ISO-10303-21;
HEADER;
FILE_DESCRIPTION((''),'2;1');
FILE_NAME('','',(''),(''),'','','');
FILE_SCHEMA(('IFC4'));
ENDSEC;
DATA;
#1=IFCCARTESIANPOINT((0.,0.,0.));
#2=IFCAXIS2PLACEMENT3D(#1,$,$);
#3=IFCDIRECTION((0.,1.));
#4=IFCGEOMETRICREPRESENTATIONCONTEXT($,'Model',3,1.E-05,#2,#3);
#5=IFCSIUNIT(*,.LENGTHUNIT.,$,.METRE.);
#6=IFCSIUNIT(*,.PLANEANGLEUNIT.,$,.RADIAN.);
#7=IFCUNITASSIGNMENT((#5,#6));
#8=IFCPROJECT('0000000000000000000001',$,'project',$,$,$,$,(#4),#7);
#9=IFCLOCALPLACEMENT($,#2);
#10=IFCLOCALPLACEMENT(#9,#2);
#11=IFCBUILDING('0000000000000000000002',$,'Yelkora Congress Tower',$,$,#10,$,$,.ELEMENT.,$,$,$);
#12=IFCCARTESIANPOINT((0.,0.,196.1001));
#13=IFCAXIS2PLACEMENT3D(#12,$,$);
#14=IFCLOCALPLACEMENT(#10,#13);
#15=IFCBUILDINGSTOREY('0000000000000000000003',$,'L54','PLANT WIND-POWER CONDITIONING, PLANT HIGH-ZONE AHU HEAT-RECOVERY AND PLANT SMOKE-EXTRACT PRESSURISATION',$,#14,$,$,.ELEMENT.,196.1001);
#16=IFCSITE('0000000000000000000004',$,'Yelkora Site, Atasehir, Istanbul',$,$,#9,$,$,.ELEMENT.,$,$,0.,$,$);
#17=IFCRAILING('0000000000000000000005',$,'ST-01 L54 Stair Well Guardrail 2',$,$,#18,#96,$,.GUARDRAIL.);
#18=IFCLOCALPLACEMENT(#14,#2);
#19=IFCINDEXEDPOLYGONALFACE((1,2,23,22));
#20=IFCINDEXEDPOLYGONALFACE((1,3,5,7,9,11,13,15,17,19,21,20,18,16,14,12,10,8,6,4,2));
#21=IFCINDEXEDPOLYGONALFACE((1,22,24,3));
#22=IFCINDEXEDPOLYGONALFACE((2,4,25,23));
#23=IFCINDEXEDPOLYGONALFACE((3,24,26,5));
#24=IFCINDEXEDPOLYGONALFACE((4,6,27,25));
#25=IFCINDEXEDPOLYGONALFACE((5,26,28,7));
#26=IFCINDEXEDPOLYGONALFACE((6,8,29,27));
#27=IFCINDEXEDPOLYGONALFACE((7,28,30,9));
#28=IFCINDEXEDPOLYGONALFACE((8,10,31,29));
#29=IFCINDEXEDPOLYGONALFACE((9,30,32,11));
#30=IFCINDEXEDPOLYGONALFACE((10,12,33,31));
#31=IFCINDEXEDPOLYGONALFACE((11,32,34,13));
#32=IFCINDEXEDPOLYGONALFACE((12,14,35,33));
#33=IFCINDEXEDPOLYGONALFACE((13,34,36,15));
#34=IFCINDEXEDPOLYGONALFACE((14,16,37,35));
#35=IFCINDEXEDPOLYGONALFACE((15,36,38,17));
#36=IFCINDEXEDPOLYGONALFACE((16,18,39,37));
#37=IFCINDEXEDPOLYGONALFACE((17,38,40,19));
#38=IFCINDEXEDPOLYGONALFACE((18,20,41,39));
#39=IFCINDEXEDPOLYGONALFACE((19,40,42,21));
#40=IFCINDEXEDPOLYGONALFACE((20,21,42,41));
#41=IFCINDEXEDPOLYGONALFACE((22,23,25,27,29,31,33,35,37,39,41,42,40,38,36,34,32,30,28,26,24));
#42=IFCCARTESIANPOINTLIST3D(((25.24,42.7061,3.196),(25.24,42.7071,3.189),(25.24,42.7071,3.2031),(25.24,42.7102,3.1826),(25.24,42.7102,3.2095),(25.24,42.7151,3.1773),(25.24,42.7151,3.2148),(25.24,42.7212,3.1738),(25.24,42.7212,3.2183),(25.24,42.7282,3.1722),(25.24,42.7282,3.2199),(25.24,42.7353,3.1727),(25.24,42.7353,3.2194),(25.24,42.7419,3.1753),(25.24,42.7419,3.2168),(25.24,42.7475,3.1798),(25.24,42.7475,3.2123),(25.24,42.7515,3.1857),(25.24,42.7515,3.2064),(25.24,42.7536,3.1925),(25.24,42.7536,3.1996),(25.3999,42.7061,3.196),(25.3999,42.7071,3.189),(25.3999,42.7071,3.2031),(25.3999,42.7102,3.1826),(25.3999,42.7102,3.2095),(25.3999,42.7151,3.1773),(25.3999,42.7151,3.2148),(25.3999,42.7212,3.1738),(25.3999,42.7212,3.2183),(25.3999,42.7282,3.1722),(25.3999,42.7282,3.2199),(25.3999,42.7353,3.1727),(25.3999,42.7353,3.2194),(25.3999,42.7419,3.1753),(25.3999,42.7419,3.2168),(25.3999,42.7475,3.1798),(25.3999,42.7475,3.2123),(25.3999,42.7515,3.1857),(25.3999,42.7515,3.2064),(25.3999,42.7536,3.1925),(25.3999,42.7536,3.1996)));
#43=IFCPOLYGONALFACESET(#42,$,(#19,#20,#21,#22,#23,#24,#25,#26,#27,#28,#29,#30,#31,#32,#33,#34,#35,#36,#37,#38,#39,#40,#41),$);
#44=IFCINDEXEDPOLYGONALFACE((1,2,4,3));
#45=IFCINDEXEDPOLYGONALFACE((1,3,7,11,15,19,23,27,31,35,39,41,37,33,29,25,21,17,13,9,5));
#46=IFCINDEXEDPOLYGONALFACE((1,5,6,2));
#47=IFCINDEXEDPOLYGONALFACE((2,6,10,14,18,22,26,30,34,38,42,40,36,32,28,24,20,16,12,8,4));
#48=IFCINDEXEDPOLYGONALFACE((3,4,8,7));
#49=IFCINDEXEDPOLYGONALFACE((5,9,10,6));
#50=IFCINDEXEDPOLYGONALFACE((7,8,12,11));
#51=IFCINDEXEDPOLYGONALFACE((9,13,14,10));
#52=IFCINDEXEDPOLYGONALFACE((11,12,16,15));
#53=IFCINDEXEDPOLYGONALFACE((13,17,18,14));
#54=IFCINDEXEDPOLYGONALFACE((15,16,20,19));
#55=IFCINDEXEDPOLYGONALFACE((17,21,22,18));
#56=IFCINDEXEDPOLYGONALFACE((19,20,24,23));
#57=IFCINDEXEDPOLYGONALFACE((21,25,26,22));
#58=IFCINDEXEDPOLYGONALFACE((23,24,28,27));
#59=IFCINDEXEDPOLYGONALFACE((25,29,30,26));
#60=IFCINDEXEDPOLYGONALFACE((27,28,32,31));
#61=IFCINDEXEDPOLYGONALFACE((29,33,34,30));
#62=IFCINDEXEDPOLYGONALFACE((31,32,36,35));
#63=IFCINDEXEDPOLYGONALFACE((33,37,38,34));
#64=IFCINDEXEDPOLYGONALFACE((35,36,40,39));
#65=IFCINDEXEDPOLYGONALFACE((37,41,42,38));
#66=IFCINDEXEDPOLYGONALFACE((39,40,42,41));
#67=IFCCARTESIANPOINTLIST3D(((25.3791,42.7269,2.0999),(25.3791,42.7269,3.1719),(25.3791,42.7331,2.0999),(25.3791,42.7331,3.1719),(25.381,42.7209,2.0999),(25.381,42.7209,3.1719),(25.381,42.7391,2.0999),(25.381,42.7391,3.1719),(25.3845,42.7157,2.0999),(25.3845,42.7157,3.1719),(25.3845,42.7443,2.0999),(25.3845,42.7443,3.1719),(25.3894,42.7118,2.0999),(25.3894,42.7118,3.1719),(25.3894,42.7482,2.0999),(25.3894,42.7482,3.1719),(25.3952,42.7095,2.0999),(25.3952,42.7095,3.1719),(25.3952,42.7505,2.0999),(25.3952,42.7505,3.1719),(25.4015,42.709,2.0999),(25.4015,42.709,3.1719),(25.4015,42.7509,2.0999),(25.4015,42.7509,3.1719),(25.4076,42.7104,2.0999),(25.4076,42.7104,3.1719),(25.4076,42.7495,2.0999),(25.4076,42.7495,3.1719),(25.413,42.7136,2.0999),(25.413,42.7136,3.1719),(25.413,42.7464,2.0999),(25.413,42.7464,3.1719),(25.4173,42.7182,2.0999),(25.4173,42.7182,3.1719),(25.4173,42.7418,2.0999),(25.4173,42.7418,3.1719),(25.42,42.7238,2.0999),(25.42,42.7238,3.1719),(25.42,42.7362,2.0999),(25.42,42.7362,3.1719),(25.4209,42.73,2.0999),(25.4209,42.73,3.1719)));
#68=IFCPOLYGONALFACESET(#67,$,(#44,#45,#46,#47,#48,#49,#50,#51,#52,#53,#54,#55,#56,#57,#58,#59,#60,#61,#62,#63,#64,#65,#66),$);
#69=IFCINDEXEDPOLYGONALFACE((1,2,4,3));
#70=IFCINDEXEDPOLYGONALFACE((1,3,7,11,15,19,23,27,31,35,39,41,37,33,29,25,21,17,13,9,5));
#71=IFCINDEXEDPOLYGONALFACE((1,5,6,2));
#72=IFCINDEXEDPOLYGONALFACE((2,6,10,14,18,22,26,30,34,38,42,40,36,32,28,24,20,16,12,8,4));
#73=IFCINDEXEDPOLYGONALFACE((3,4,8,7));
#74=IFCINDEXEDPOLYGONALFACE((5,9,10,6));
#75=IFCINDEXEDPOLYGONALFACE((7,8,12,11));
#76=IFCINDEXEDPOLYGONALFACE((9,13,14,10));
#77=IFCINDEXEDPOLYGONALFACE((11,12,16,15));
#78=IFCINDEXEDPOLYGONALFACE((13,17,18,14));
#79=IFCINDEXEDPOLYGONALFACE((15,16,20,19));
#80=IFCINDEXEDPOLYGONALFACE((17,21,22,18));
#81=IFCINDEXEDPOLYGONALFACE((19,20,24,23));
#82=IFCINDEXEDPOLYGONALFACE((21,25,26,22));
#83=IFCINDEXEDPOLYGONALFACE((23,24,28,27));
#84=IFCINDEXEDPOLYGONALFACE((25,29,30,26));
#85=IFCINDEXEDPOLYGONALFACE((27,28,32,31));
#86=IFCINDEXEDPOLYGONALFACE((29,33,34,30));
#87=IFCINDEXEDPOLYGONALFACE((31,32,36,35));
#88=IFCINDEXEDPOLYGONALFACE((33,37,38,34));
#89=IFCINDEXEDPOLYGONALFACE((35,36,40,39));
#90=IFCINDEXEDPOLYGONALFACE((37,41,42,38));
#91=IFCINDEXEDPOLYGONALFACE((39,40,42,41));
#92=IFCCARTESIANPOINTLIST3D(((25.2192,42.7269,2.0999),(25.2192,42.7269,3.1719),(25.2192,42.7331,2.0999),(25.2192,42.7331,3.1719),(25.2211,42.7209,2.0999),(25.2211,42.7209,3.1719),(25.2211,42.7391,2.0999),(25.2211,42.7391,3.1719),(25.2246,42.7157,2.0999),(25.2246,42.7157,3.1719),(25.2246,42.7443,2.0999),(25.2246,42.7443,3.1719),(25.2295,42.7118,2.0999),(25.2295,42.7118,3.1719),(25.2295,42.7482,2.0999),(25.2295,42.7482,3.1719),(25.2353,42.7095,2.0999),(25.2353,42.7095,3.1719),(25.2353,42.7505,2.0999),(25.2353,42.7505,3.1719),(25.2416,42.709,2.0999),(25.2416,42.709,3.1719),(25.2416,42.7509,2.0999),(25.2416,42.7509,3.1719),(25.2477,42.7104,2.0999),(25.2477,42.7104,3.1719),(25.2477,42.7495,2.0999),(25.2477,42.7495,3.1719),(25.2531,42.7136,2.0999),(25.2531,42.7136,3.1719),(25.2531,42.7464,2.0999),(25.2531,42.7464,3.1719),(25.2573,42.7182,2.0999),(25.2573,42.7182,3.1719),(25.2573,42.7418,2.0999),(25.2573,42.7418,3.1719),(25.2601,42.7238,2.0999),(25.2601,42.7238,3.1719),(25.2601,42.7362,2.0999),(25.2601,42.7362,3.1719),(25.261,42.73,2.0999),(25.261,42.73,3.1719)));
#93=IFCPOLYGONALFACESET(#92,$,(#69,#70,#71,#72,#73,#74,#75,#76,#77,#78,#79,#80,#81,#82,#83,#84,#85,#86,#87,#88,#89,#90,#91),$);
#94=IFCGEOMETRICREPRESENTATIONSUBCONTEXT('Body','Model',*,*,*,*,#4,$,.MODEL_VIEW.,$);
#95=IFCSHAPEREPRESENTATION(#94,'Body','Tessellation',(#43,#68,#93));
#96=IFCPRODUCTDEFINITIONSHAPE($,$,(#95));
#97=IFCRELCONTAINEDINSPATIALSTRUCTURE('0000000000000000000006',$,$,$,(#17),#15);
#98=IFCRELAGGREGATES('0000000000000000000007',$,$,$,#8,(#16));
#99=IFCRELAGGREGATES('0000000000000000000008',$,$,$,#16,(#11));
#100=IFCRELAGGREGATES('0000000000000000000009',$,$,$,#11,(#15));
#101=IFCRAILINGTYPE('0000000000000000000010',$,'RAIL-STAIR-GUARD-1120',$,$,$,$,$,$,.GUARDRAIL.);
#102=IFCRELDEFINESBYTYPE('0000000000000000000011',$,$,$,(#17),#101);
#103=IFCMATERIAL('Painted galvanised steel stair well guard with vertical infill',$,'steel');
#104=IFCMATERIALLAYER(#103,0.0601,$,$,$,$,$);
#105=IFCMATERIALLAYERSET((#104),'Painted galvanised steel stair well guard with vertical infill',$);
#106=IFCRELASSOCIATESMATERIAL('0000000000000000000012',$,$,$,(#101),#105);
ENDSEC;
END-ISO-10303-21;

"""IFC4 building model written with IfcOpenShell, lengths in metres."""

from ifc_helpers import new_model, si_unit, direction, frame, origin, origin_2d, place, context, subcontext, project, spatial, circle, extrude, material, layer, layer_set, type_object, element, save


model = new_model("IFC4")

# Units and contexts
model_context = context("Model", 3, precision=1e-05, world=origin(), true_north=direction((0.0, 1.0)))
body_context = subcontext(model_context, "Body", "Model", "MODEL_VIEW")
ifc_project = project(units=[si_unit("LENGTHUNIT", "METRE"), si_unit("PLANEANGLEUNIT", "RADIAN")], contexts=[model_context])

# Site, building, storey
site_placement = place(None, origin())
site = spatial("IfcSite", under=ifc_project, at=site_placement, Name="Yelkora Site, Atasehir, Istanbul", CompositionType="ELEMENT", RefElevation=0.0)
building_placement = place(site_placement, origin())
building = spatial("IfcBuilding", under=site, at=building_placement, Name="Yelkora Congress Tower", CompositionType="ELEMENT")
storey_placement = place(building_placement, frame((0.0, 0.0, 196.1001)))
storey = spatial("IfcBuildingStorey", under=building, at=storey_placement, Name="L54", Description="PLANT WIND-POWER CONDITIONING, PLANT HIGH-ZONE AHU HEAT-RECOVERY AND PLANT SMOKE-EXTRACT PRESSURISATION", CompositionType="ELEMENT", Elevation=196.1001)

# Railing
ifc_material_1 = material(Name="Painted galvanised steel stair well guard with vertical infill", Category="steel")
ifc_layer_1 = layer(ifc_material_1, 0.0601)
ifc_layer_set_1 = layer_set([ifc_layer_1], Name="Painted galvanised steel stair well guard with vertical infill")
railing_type_1 = type_object("IfcRailingType", Name="RAIL-STAIR-GUARD-1120", PredefinedType="GUARDRAIL", material=ifc_layer_set_1)
railing_1_placement = place(storey_placement, frame((25.3999, 42.73, 2.0999)))
element("IfcRailing", 1, at=railing_1_placement, inside=storey, type_object=railing_type_1, Name="ST-01 L54 Stair Well Guardrail 2", PredefinedType="GUARDRAIL", context=body_context, shape_type="SweptSolid", body=[
    extrude(circle(Radius=0.0239, at=origin_2d()), frame((0.0, 0.0, 1.0962), z_axis=(-1.0, 0.0, 0.0), x_axis=(0.0, -1.0, 0.0)), (0.0, 0.0, 1.0), 0.1599),
    extrude(circle(Radius=0.021, at=origin_2d()), origin(), (0.0, 0.0, 1.0), 1.072),
    extrude(circle(Radius=0.021, at=origin_2d()), frame((-0.1599, 0.0, 0.0)), (0.0, 0.0, 1.0), 1.072),
])

save(model, "model.ifc")
